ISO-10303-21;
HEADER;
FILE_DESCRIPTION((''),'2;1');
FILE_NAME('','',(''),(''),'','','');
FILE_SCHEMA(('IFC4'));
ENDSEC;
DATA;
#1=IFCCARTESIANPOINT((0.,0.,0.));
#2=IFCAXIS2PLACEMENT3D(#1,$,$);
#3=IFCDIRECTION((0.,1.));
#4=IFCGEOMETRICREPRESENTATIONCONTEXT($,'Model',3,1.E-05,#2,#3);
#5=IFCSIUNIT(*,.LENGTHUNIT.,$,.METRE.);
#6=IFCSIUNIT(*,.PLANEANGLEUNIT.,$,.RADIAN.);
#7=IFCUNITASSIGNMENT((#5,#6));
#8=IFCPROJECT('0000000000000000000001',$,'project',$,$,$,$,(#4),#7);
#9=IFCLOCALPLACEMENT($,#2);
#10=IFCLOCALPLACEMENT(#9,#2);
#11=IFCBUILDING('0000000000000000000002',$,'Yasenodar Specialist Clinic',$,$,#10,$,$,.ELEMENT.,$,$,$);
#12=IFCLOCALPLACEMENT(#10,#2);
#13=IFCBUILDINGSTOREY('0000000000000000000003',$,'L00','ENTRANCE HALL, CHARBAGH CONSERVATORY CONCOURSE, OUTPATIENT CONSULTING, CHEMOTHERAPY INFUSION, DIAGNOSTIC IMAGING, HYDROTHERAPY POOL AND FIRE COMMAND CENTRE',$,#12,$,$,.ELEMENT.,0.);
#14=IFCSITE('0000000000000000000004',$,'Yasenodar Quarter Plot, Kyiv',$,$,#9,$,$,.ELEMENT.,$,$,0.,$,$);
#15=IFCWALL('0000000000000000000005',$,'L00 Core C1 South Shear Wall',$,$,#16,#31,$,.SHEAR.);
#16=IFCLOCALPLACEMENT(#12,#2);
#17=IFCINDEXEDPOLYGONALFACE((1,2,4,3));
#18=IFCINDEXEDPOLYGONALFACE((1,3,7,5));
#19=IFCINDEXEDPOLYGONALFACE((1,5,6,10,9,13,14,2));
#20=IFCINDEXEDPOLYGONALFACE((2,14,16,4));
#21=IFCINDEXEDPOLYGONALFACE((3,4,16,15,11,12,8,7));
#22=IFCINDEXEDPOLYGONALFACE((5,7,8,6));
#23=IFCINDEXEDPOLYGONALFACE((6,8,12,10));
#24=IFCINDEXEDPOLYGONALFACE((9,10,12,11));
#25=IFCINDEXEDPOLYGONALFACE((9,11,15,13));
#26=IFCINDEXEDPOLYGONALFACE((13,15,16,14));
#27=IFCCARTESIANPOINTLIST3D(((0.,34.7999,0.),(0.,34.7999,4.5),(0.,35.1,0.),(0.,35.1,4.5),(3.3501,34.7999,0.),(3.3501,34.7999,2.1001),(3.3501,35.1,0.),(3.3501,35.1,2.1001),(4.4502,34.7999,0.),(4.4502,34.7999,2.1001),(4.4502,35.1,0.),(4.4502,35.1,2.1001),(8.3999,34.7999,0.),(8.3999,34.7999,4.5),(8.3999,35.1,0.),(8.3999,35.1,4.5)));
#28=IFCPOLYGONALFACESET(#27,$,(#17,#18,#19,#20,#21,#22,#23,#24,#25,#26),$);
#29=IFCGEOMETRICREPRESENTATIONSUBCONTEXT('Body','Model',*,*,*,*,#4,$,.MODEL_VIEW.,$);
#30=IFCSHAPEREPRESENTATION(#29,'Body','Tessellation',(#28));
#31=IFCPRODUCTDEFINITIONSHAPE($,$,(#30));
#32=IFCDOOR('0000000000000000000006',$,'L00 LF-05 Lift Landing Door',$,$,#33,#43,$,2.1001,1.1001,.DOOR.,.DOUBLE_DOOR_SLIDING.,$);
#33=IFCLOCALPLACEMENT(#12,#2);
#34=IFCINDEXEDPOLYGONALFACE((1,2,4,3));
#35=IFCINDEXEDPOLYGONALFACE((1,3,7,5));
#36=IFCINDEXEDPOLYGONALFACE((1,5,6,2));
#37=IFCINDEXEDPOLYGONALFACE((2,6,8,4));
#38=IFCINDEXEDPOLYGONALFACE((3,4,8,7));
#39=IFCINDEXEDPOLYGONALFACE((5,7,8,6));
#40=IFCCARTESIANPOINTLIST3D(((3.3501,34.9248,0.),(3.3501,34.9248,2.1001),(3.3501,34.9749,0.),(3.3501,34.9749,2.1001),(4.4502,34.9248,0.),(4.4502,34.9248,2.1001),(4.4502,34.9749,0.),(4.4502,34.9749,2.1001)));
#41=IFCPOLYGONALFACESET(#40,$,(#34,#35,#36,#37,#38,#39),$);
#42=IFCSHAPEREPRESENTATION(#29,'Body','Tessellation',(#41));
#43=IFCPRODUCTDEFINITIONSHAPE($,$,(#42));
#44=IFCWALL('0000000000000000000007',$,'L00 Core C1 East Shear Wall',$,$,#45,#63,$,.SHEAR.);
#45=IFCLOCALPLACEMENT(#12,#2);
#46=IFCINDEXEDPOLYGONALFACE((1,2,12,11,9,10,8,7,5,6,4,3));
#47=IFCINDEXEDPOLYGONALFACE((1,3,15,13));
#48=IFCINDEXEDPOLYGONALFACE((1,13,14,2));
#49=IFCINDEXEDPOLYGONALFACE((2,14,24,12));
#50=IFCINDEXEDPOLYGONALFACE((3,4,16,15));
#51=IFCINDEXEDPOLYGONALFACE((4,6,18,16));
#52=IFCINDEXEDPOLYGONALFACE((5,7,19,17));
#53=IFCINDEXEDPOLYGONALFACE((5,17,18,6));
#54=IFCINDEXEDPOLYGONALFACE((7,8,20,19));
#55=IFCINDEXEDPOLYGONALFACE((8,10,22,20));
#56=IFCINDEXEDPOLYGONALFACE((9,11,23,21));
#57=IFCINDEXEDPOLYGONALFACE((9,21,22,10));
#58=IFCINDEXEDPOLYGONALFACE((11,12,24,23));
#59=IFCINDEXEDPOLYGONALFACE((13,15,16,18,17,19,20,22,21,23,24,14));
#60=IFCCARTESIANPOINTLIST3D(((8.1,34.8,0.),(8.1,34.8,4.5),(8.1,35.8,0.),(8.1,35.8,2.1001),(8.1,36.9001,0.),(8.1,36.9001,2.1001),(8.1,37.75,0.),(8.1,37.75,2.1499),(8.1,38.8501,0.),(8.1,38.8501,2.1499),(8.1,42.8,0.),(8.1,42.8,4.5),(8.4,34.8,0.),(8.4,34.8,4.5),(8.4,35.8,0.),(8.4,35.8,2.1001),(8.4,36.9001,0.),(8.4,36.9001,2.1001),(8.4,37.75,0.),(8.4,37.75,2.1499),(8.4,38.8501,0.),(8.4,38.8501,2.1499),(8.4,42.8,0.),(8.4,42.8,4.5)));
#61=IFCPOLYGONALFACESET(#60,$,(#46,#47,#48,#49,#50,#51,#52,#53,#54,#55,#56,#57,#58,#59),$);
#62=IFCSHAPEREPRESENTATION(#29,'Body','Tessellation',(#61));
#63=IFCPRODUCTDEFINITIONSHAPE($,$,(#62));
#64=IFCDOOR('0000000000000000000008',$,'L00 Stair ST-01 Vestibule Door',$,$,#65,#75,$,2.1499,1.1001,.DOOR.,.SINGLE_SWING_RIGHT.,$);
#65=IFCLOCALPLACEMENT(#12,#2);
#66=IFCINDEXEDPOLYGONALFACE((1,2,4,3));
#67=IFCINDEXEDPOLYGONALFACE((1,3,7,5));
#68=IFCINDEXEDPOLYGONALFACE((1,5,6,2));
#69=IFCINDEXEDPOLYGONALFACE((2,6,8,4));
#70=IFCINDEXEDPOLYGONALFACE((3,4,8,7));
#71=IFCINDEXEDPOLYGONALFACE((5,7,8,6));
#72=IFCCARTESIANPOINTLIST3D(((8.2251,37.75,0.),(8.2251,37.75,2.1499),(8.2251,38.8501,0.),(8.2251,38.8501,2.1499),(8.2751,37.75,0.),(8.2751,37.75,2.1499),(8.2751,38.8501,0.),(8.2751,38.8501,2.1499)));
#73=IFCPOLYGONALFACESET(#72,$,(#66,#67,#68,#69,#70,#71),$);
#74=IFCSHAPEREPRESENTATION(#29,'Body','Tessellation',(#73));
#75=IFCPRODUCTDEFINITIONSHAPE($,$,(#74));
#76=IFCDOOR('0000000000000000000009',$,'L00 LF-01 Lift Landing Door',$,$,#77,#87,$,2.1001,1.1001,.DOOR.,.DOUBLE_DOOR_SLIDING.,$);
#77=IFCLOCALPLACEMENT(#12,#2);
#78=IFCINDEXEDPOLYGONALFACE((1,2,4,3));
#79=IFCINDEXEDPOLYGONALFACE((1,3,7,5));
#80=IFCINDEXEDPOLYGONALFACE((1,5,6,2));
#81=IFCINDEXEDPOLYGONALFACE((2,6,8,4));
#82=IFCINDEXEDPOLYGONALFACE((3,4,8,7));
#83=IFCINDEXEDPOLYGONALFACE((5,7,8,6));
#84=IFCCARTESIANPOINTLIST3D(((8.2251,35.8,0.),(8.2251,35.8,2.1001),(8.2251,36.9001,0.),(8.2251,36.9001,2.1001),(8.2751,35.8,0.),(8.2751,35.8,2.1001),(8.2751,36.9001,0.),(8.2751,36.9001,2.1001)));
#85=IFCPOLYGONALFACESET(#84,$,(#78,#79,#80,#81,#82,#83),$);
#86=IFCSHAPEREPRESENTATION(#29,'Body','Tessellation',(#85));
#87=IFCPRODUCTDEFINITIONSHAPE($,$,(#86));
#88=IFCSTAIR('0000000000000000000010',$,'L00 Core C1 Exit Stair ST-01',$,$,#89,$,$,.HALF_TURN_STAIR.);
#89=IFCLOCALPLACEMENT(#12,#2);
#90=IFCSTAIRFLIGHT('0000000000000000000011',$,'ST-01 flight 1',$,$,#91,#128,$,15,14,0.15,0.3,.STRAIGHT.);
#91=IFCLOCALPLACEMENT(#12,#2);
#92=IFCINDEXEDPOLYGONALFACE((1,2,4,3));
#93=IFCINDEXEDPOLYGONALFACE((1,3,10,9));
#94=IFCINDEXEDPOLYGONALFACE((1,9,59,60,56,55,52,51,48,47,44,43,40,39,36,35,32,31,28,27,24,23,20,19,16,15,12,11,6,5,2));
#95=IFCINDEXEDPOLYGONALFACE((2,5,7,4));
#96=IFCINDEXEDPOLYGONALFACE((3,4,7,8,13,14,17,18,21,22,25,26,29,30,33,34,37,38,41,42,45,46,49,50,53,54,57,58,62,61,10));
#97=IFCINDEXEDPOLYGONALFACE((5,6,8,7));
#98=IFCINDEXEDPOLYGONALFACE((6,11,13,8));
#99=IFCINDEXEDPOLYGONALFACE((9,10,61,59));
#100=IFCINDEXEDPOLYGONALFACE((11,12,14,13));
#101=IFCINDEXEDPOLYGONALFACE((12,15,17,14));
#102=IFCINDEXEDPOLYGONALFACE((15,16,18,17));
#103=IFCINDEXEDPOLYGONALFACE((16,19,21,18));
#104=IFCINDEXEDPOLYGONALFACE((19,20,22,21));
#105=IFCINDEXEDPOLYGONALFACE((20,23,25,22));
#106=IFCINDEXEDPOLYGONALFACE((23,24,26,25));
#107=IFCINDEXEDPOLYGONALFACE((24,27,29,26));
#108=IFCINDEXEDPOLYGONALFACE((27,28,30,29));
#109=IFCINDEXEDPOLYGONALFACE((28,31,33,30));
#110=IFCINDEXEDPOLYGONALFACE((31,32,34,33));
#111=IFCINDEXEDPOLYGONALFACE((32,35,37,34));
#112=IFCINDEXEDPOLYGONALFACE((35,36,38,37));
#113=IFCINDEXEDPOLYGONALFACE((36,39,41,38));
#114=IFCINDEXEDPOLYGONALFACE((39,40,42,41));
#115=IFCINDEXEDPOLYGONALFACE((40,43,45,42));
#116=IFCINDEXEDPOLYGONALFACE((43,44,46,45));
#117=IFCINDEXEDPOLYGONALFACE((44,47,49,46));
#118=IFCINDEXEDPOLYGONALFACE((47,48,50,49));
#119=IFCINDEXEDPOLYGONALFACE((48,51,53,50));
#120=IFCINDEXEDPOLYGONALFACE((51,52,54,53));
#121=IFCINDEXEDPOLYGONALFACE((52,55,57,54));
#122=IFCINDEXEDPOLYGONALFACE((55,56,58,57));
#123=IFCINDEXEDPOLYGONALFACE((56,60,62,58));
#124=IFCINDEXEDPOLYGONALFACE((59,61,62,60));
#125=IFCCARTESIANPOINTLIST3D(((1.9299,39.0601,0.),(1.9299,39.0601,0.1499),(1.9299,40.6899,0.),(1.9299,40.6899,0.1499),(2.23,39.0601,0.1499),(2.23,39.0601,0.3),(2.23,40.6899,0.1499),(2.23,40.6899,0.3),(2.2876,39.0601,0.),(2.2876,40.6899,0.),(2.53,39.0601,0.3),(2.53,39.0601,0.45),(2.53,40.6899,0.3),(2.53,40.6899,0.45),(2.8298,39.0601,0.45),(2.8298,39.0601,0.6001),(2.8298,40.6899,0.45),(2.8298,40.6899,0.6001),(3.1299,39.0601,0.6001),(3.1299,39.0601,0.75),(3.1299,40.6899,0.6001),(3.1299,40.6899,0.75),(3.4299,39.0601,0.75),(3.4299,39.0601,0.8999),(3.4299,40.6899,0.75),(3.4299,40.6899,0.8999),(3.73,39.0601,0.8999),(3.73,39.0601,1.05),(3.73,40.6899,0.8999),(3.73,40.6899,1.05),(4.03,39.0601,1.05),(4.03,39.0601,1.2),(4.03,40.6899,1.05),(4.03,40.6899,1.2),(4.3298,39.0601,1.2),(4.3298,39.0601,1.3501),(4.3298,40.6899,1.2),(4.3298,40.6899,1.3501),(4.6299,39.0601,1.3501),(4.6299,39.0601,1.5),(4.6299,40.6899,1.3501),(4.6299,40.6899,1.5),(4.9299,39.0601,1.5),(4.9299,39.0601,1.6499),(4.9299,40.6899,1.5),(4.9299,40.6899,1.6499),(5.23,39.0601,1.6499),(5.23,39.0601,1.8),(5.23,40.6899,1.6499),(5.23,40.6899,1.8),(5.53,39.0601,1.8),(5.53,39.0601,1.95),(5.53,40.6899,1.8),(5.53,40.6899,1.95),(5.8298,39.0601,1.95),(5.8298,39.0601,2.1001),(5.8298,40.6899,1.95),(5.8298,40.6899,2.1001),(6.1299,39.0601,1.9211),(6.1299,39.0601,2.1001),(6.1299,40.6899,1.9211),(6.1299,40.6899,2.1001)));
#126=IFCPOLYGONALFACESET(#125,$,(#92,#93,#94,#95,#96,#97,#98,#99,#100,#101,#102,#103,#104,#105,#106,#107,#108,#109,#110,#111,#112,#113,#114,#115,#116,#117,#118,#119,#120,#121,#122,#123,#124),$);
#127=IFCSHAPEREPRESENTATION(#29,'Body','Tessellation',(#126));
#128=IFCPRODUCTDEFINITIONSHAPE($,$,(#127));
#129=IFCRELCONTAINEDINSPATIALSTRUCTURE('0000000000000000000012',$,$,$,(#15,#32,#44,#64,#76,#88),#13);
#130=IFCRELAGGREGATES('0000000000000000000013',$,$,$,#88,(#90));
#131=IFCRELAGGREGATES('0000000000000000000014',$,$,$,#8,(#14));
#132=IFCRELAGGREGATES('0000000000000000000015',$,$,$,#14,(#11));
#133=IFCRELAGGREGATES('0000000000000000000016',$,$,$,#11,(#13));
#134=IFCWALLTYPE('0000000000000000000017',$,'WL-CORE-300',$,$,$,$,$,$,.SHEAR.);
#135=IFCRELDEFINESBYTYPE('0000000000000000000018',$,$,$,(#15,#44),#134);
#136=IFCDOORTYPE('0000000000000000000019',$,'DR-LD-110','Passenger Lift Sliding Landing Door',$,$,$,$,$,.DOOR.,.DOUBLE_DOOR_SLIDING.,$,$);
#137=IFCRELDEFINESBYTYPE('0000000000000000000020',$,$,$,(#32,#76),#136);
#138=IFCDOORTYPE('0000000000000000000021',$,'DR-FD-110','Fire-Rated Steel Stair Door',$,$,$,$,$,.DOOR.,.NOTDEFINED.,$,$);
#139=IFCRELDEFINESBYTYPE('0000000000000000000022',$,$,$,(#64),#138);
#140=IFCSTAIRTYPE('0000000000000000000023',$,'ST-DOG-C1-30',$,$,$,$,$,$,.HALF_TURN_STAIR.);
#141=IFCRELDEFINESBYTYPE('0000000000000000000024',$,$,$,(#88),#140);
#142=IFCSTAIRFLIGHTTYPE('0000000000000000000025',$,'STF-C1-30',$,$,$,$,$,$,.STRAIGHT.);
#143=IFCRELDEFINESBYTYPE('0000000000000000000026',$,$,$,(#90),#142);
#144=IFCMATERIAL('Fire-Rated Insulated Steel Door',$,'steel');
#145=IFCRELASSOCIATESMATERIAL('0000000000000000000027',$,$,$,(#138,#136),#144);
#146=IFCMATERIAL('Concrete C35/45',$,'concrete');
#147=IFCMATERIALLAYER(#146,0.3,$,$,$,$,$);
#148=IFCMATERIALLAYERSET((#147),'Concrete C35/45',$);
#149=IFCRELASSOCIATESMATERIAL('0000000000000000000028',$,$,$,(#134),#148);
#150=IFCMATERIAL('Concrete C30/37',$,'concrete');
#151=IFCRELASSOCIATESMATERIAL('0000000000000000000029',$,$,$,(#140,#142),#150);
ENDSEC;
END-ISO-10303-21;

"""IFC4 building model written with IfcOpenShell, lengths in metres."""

from ifc_helpers import new_model, si_unit, direction, frame, frame_2d, origin, place, context, subcontext, project, spatial, polyline, rectangle, outline, extrude, material, layer, layer_set, type_object, element, fill, aggregate, save


model = new_model("IFC4")

# Units and contexts
model_context = context("Model", 3, precision=1e-05, world=origin(), true_north=direction((0.0, 1.0)))
body_context = subcontext(model_context, "Body", "Model", "MODEL_VIEW")
ifc_project = project(units=[si_unit("LENGTHUNIT", "METRE"), si_unit("PLANEANGLEUNIT", "RADIAN")], contexts=[model_context])

# Site, building, storey
site_placement = place(None, origin())
site = spatial("IfcSite", under=ifc_project, at=site_placement, Name="Yasenodar Quarter Plot, Kyiv", CompositionType="ELEMENT", RefElevation=0.0)
building_placement = place(site_placement, origin())
building = spatial("IfcBuilding", under=site, at=building_placement, Name="Yasenodar Specialist Clinic", CompositionType="ELEMENT")
storey_placement = place(building_placement, origin())
storey = spatial("IfcBuildingStorey", under=building, at=storey_placement, Name="L00", Description="ENTRANCE HALL, CHARBAGH CONSERVATORY CONCOURSE, OUTPATIENT CONSULTING, CHEMOTHERAPY INFUSION, DIAGNOSTIC IMAGING, HYDROTHERAPY POOL AND FIRE COMMAND CENTRE", CompositionType="ELEMENT", Elevation=0.0)

# Shared definitions
ifc_material_1 = material(Name="Concrete C35/45", Category="concrete")

# Shared definitions
ifc_material_2 = material(Name="Fire-Rated Insulated Steel Door", Category="steel")
door_type_1 = type_object("IfcDoorType", Name="DR-FD-110", Description="Fire-Rated Steel Stair Door", OperationType="NOTDEFINED", PredefinedType="DOOR", material=ifc_material_2)

# Wall, opening, door
ifc_layer_1 = layer(ifc_material_1, 0.3)
ifc_layer_set_1 = layer_set([ifc_layer_1], Name="Concrete C35/45")
wall_type_1 = type_object("IfcWallType", Name="WL-CORE-300", PredefinedType="SHEAR", material=ifc_layer_set_1)
wall_1_placement = place(storey_placement, frame((0.0, 34.95, 0.0), z_axis=(0.0, 0.0, 1.0), x_axis=(1.0, 0.0, 0.0)))
wall_1 = element("IfcWall", 1, at=wall_1_placement, inside=storey, type_object=wall_type_1, Name="L00 Core C1 South Shear Wall", PredefinedType="SHEAR", context=body_context, shape_type="SweptSolid", body=[
    extrude(rectangle(XDim=8.3999, YDim=0.3, at=frame_2d((4.2, 0.0))), origin(), (0.0, 0.0, 1.0), 4.5),
])
opening_1_placement = place(wall_1_placement, frame((3.3501, 0.0, 0.0)))
opening_1 = element("IfcOpeningElement", 2, at=opening_1_placement, cuts=wall_1, PredefinedType="OPENING", context=body_context, shape_type="SweptSolid", body=[
    extrude(rectangle(XDim=1.1001, YDim=2.1001, at=frame_2d((0.55, 1.05))), frame((0.0, 0.1602, 0.0), z_axis=(0.0, -1.0, 0.0), x_axis=(1.0, 0.0, 0.0)), (0.0, 0.0, 1.0), 0.3201),
])
door_type_2 = type_object("IfcDoorType", Name="DR-LD-110", Description="Passenger Lift Sliding Landing Door", OperationType="DOUBLE_DOOR_SLIDING", PredefinedType="DOOR", material=ifc_material_2)
door_1_placement = place(opening_1_placement, origin())
door_1 = element("IfcDoor", 3, at=door_1_placement, inside=storey, type_object=door_type_2, Name="L00 LF-05 Lift Landing Door", OperationType="DOUBLE_DOOR_SLIDING", OverallHeight=2.1001, OverallWidth=1.1001, PredefinedType="DOOR", context=body_context, shape_type="SweptSolid", body=[
    extrude(rectangle(XDim=1.1001, YDim=2.1001, at=frame_2d((0.55, 1.05))), frame((0.0, 0.0249, 0.0), z_axis=(0.0, -1.0, 0.0), x_axis=(1.0, 0.0, 0.0)), (0.0, 0.0, 1.0), 0.05),
])
fill(opening_1, door_1)

# Wall, openings, doors
wall_2_placement = place(storey_placement, frame((8.25, 34.8, 0.0), z_axis=(0.0, 0.0, 1.0), x_axis=(0.0, 1.0, 0.0)))
wall_2 = element("IfcWall", 4, at=wall_2_placement, inside=storey, type_object=wall_type_1, Name="L00 Core C1 East Shear Wall", PredefinedType="SHEAR", context=body_context, shape_type="SweptSolid", body=[
    extrude(rectangle(XDim=8.0, YDim=0.3, at=frame_2d((4.0, 0.0))), origin(), (0.0, 0.0, 1.0), 4.5),
])
opening_2_placement = place(wall_2_placement, frame((2.95, 0.0, 0.0)))
opening_2 = element("IfcOpeningElement", 5, at=opening_2_placement, cuts=wall_2, PredefinedType="OPENING", context=body_context, shape_type="SweptSolid", body=[
    extrude(rectangle(XDim=1.1001, YDim=2.1499, at=frame_2d((0.55, 1.075))), frame((0.0, 0.1602, 0.0), z_axis=(0.0, -1.0, 0.0), x_axis=(1.0, 0.0, 0.0)), (0.0, 0.0, 1.0), 0.3201),
])
opening_3_placement = place(wall_2_placement, frame((1.0, 0.0, 0.0)))
opening_3 = element("IfcOpeningElement", 6, at=opening_3_placement, cuts=wall_2, PredefinedType="OPENING", context=body_context, shape_type="SweptSolid", body=[
    extrude(rectangle(XDim=1.1001, YDim=2.1001, at=frame_2d((0.55, 1.05))), frame((0.0, 0.1602, 0.0), z_axis=(0.0, -1.0, 0.0), x_axis=(1.0, 0.0, 0.0)), (0.0, 0.0, 1.0), 0.3201),
])
door_2_placement = place(opening_2_placement, origin())
door_2 = element("IfcDoor", 7, at=door_2_placement, inside=storey, type_object=door_type_1, Name="L00 Stair ST-01 Vestibule Door", OperationType="SINGLE_SWING_RIGHT", OverallHeight=2.1499, OverallWidth=1.1001, PredefinedType="DOOR", context=body_context, shape_type="SweptSolid", body=[
    extrude(rectangle(XDim=1.1001, YDim=2.1499, at=frame_2d((0.55, 1.075))), frame((0.0, 0.0249, 0.0), z_axis=(0.0, -1.0, 0.0), x_axis=(1.0, 0.0, 0.0)), (0.0, 0.0, 1.0), 0.05),
])
fill(opening_2, door_2)
door_3_placement = place(opening_3_placement, origin())
door_3 = element("IfcDoor", 8, at=door_3_placement, inside=storey, type_object=door_type_2, Name="L00 LF-01 Lift Landing Door", OperationType="DOUBLE_DOOR_SLIDING", OverallHeight=2.1001, OverallWidth=1.1001, PredefinedType="DOOR", context=body_context, shape_type="SweptSolid", body=[
    extrude(rectangle(XDim=1.1001, YDim=2.1001, at=frame_2d((0.55, 1.05))), frame((0.0, 0.0249, 0.0), z_axis=(0.0, -1.0, 0.0), x_axis=(1.0, 0.0, 0.0)), (0.0, 0.0, 1.0), 0.05),
])
fill(opening_3, door_3)

# Stair, stair flight
ifc_material_3 = material(Name="Concrete C30/37", Category="concrete")
stair_type = type_object("IfcStairType", Name="ST-DOG-C1-30", PredefinedType="HALF_TURN_STAIR", material=ifc_material_3)
stair_placement = place(storey_placement, origin())
stair = element("IfcStair", 9, at=stair_placement, inside=storey, type_object=stair_type, Name="L00 Core C1 Exit Stair ST-01", PredefinedType="HALF_TURN_STAIR")
stair_flight_type = type_object("IfcStairFlightType", Name="STF-C1-30", PredefinedType="STRAIGHT", material=ifc_material_3)
stair_flight_placement = place(storey_placement, frame((1.9299, 39.875, 0.0), z_axis=(0.0, 0.0, 1.0), x_axis=(1.0, 0.0, 0.0)))
stair_flight = element("IfcStairFlight", 10, at=stair_flight_placement, type_object=stair_flight_type, Name="ST-01 flight 1", NumberOfRisers=15, NumberOfTreads=14, PredefinedType="STRAIGHT", RiserHeight=0.15, TreadLength=0.3, context=body_context, shape_type="SweptSolid", body=[
    extrude(outline(polyline([(0.0, 0.0), (0.0, 0.1499), (0.3, 0.1499), (0.3, 0.3), (0.6001, 0.3), (0.6001, 0.45), (0.8999, 0.45), (0.8999, 0.6001), (1.2, 0.6001), (1.2, 0.75), (1.5, 0.75), (1.5, 0.8999), (1.8, 0.8999), (1.8, 1.05), (2.1001, 1.05), (2.1001, 1.2), (2.3999, 1.2), (2.3999, 1.3501), (2.7, 1.3501), (2.7, 1.5), (3.0, 1.5), (3.0, 1.6499), (3.3, 1.6499), (3.3, 1.8), (3.6001, 1.8), (3.6001, 1.95), (3.8999, 1.95), (3.8999, 2.1001), (4.2, 2.1001), (4.2, 2.25), (4.2, 1.9211), (0.3577, 0.0), (0.0, 0.0)])), frame((0.0, 0.8149, 0.0), z_axis=(0.0, -1.0, 0.0), x_axis=(1.0, 0.0, 0.0)), (0.0, 0.0, 1.0), 1.6299),
])
aggregate(stair, [stair_flight])

save(model, "model.ifc")
